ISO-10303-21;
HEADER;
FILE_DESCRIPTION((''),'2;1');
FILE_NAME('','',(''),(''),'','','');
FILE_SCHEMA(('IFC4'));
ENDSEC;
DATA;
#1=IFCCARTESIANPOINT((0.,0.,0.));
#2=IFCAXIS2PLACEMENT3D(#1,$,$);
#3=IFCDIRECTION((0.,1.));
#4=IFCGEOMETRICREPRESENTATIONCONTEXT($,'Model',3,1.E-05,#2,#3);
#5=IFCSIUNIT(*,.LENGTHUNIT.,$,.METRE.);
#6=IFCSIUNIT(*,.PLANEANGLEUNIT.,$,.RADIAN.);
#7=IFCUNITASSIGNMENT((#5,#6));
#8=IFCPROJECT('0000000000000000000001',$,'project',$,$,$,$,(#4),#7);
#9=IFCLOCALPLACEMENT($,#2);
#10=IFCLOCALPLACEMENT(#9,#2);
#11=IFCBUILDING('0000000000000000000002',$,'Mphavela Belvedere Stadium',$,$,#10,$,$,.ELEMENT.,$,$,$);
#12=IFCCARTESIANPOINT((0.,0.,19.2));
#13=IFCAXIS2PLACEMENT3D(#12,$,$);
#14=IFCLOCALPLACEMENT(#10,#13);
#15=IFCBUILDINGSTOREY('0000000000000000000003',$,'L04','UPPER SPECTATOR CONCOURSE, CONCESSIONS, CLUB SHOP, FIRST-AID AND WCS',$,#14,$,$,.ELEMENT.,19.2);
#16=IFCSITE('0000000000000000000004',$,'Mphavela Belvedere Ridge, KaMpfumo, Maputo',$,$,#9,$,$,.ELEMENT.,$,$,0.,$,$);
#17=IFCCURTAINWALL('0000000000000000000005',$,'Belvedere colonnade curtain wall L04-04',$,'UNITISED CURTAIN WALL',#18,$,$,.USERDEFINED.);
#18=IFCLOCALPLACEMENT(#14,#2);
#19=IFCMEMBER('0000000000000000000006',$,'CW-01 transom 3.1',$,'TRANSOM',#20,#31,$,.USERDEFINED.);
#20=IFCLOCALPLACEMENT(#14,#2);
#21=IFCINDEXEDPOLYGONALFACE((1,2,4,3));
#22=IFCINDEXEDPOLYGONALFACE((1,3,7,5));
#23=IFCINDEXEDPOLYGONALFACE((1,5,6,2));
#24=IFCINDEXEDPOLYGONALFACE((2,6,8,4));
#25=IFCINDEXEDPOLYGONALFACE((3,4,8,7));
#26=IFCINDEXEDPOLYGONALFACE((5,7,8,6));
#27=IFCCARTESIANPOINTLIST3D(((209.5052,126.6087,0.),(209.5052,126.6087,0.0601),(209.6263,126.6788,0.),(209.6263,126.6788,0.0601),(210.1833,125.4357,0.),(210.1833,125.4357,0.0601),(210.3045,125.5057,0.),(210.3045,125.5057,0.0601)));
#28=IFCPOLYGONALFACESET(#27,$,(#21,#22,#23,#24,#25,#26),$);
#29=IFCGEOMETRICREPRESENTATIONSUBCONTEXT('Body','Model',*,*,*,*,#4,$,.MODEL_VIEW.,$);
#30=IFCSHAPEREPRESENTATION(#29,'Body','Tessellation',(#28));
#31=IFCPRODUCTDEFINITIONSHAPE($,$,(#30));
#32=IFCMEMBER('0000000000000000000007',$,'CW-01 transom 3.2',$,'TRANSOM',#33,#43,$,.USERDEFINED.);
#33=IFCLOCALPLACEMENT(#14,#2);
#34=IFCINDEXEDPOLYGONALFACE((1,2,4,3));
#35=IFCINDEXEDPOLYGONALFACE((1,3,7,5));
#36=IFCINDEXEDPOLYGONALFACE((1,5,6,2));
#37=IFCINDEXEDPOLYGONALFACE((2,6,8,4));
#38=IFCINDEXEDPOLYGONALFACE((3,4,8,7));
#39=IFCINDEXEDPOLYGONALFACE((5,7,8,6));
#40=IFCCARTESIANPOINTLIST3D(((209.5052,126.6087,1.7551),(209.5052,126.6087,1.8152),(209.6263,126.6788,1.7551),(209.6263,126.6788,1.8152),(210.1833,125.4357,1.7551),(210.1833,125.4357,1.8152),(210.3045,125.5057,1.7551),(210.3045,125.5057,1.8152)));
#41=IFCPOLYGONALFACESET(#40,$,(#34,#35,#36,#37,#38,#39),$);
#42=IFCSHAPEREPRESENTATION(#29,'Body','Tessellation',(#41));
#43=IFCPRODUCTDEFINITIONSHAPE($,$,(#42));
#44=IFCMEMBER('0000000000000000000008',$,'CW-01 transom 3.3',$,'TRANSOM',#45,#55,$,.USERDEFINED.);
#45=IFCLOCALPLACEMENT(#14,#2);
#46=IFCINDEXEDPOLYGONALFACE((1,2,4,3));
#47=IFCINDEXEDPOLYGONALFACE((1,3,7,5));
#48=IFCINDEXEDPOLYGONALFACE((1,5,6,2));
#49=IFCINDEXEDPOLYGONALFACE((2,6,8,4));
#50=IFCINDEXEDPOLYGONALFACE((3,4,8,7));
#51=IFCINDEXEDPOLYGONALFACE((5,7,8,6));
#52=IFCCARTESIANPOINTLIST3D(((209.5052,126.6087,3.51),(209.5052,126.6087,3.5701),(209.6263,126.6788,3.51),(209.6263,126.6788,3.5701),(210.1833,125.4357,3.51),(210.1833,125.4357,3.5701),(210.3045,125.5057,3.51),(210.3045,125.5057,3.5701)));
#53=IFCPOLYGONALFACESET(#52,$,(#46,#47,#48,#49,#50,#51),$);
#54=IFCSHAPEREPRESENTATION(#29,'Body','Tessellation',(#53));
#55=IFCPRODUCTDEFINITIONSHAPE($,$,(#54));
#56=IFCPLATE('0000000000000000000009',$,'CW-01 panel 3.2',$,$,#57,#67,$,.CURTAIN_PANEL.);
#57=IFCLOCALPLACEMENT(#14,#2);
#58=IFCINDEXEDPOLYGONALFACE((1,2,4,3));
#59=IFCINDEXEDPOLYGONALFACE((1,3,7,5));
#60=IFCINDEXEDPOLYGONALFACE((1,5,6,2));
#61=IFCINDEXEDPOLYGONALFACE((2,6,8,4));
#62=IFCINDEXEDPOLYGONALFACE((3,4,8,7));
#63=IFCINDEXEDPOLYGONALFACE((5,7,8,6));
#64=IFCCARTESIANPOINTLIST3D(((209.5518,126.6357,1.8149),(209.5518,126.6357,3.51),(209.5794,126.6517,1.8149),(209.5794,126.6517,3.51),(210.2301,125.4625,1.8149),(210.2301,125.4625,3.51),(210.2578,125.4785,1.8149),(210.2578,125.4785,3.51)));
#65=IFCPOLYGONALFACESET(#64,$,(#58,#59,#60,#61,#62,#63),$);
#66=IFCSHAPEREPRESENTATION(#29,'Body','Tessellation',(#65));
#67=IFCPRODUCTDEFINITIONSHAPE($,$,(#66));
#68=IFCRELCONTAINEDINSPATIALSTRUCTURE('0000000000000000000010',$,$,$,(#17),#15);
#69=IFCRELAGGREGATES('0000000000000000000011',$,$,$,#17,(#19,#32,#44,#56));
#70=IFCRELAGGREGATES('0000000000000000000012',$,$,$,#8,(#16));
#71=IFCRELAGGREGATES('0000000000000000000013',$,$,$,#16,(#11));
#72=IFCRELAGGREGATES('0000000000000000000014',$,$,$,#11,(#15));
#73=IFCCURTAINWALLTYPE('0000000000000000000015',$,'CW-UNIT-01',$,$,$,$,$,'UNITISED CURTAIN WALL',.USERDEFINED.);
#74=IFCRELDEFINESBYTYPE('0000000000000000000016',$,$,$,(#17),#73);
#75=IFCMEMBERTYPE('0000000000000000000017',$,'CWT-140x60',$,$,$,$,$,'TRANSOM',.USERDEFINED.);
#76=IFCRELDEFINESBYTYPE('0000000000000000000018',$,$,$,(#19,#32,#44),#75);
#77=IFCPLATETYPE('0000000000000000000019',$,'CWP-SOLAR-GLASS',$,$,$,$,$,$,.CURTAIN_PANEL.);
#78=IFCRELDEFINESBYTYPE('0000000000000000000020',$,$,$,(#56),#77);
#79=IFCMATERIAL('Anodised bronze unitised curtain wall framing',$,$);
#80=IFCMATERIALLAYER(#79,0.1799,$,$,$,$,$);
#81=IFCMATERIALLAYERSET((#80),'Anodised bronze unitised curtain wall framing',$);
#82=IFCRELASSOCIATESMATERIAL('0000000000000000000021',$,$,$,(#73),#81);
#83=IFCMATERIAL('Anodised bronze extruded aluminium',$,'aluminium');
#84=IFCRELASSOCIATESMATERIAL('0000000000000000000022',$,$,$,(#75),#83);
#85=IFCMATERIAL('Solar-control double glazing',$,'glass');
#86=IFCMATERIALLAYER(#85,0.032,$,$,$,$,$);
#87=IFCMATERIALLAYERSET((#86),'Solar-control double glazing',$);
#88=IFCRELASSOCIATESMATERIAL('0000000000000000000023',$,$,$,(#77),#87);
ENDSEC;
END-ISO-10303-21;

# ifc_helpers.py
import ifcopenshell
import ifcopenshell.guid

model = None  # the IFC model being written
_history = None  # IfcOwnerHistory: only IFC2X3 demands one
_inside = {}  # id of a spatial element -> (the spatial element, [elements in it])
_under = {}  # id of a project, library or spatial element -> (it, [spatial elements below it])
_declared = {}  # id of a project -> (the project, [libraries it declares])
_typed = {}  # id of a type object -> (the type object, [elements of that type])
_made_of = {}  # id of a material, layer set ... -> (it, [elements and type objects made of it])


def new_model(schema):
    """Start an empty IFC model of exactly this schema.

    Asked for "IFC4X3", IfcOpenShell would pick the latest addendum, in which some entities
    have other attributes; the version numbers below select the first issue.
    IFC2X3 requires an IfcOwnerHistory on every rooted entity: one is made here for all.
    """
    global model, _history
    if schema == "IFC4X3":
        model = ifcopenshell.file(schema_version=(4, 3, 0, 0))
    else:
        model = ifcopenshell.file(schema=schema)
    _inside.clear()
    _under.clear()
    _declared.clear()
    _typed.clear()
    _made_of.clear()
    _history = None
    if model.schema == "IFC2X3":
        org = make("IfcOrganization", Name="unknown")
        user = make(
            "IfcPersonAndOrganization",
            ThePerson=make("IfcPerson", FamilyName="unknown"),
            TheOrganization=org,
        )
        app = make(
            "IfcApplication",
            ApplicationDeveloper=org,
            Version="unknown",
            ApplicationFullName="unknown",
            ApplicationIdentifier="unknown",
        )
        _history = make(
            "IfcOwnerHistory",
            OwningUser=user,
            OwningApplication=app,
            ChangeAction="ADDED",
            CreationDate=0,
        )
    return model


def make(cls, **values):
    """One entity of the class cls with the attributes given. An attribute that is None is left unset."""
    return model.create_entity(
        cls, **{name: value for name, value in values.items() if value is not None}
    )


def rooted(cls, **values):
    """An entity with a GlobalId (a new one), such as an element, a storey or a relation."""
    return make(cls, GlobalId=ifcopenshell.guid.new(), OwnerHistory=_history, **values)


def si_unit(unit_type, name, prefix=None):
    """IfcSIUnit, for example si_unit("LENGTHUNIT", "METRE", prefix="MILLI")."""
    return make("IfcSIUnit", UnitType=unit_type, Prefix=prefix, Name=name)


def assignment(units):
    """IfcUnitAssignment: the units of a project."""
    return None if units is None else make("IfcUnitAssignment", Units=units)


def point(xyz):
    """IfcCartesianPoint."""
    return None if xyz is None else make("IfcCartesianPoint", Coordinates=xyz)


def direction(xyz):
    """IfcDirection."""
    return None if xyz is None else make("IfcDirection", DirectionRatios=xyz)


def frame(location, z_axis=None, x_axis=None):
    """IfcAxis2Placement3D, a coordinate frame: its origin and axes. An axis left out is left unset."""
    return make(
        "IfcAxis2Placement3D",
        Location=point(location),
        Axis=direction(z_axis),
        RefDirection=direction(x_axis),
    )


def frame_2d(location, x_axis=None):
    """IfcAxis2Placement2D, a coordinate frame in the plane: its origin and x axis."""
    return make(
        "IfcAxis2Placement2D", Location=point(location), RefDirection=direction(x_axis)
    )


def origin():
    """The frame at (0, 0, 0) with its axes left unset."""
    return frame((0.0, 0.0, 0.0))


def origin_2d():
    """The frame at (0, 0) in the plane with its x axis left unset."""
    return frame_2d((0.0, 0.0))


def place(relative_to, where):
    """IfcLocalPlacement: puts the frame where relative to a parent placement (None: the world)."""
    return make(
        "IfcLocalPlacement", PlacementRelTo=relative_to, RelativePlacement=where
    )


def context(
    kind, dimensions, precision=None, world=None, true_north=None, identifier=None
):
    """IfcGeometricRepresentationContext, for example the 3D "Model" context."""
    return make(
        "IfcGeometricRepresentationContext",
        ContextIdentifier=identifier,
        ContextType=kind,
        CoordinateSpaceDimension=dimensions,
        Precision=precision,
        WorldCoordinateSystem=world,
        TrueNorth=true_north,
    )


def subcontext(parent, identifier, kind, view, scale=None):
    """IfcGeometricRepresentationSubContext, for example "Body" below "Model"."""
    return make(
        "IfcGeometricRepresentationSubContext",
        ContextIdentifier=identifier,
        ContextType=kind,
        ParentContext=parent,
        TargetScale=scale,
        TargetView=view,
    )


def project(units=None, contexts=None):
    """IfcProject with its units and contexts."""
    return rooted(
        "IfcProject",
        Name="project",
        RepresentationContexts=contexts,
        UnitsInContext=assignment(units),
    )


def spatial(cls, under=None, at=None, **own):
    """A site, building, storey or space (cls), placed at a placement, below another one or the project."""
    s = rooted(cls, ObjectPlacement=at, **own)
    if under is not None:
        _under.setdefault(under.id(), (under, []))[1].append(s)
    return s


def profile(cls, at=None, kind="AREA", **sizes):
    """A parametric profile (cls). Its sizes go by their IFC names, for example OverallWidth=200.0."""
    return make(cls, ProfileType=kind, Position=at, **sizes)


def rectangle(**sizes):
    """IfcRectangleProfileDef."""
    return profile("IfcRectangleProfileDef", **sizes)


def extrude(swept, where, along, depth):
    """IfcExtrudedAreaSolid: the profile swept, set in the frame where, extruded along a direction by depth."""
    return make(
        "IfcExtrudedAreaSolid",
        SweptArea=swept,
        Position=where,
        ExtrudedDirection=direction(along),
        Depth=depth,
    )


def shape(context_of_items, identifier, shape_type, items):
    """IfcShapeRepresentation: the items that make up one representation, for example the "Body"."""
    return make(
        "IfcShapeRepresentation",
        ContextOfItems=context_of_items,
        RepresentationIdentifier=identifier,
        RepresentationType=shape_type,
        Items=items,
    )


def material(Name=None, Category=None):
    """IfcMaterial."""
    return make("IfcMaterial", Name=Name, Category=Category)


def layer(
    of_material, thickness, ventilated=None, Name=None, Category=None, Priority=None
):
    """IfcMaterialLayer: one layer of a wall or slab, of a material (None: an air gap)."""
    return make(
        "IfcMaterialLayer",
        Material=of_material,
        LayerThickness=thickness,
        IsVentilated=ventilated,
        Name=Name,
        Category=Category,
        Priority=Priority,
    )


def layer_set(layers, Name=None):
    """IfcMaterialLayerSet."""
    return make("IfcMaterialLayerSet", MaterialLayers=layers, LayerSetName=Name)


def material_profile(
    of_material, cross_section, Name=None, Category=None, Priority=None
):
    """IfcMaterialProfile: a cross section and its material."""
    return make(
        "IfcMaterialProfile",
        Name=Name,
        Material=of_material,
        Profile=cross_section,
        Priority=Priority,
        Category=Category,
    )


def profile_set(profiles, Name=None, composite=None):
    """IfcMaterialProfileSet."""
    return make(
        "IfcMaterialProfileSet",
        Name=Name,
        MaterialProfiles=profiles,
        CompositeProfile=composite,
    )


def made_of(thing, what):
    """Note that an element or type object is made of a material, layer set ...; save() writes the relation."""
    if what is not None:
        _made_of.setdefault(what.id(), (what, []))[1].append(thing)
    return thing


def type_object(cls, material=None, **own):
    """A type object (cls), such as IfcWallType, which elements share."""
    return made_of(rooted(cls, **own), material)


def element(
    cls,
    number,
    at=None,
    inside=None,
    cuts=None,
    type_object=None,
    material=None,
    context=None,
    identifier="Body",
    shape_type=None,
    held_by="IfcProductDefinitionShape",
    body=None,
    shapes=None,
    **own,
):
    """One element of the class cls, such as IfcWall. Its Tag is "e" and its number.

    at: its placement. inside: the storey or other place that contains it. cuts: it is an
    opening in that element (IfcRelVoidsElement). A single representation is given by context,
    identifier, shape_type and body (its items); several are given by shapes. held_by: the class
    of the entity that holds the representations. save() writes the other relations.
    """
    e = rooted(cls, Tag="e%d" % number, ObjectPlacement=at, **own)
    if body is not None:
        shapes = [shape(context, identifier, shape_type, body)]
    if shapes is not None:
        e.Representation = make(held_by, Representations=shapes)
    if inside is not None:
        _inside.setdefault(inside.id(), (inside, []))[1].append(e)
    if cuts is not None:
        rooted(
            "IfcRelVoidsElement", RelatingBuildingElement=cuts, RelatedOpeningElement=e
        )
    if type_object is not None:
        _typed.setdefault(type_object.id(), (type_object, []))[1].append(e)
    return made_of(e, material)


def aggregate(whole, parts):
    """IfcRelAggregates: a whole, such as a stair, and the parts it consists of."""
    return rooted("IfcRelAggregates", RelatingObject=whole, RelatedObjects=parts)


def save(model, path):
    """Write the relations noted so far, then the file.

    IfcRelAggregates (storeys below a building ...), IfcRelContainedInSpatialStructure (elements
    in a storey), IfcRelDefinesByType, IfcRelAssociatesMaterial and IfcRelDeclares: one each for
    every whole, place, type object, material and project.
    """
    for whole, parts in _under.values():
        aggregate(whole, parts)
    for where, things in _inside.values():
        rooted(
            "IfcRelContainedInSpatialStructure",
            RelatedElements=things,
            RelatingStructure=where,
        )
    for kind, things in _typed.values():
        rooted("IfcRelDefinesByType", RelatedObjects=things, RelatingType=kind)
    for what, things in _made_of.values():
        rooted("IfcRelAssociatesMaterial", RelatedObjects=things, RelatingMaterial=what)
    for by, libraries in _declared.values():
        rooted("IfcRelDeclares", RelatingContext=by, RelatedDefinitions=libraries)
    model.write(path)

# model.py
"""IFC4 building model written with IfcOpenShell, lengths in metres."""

from ifc_helpers import new_model, si_unit, direction, frame, origin, origin_2d, place, context, subcontext, project, spatial, rectangle, extrude, material, layer, layer_set, material_profile, profile_set, type_object, element, aggregate, save


model = new_model("IFC4")

# Units and contexts
model_context = context("Model", 3, precision=1e-05, world=origin(), true_north=direction((0.0, 1.0)))
body_context = subcontext(model_context, "Body", "Model", "MODEL_VIEW")
ifc_project = project(units=[si_unit("LENGTHUNIT", "METRE"), si_unit("PLANEANGLEUNIT", "RADIAN")], contexts=[model_context])

# Site, building, storey
site_placement = place(None, origin())
site = spatial("IfcSite", under=ifc_project, at=site_placement, Name="Mphavela Belvedere Ridge, KaMpfumo, Maputo", CompositionType="ELEMENT", RefElevation=0.0)
building_placement = place(site_placement, origin())
building = spatial("IfcBuilding", under=site, at=building_placement, Name="Mphavela Belvedere Stadium", CompositionType="ELEMENT")
storey_placement = place(building_placement, frame((0.0, 0.0, 19.2)))
storey = spatial("IfcBuildingStorey", under=building, at=storey_placement, Name="L04", Description="UPPER SPECTATOR CONCOURSE, CONCESSIONS, CLUB SHOP, FIRST-AID AND WCS", CompositionType="ELEMENT", Elevation=19.2)

# Curtain wall, members, plate
ifc_material_1 = material(Name="Anodised bronze unitised curtain wall framing")
ifc_layer_1 = layer(ifc_material_1, 0.1799)
ifc_layer_set_1 = layer_set([ifc_layer_1], Name="Anodised bronze unitised curtain wall framing")
curtain_wall_type = type_object("IfcCurtainWallType", Name="CW-UNIT-01", ElementType="UNITISED CURTAIN WALL", PredefinedType="USERDEFINED", material=ifc_layer_set_1)
curtain_wall_placement = place(storey_placement, origin())
curtain_wall = element("IfcCurtainWall", 1, at=curtain_wall_placement, inside=storey, type_object=curtain_wall_type, Name="Belvedere colonnade curtain wall L04-04", ObjectType="UNITISED CURTAIN WALL", PredefinedType="USERDEFINED")
ifc_material_2 = material(Name="Anodised bronze extruded aluminium", Category="aluminium")
ifc_material_profile_1 = material_profile(ifc_material_2, rectangle(XDim=0.1399, YDim=0.0601, at=origin_2d()), Name="CW-TRN 140x60")
ifc_profile_set_1 = profile_set([ifc_material_profile_1], Name="Anodised bronze extruded aluminium")
member_type_1 = type_object("IfcMemberType", Name="CWT-140x60", ElementType="TRANSOM", PredefinedType="USERDEFINED", material=ifc_profile_set_1)
member_1_placement = place(storey_placement, frame((210.2439, 125.4707, 0.03), z_axis=(-0.500518, 0.865726, 0.0), x_axis=(-0.865726, -0.500518, 0.0)))
member_1 = element("IfcMember", 2, at=member_1_placement, type_object=member_type_1, Name="CW-01 transom 3.1", ObjectType="TRANSOM", PredefinedType="USERDEFINED", context=body_context, shape_type="SweptSolid", body=[
    extrude(rectangle(XDim=0.1399, YDim=0.0601, at=origin_2d()), origin(), (0.0, 0.0, 1.0), 1.355),
])
member_2_placement = place(storey_placement, frame((210.2439, 125.4707, 1.7852), z_axis=(-0.500518, 0.865726, 0.0), x_axis=(-0.865726, -0.500518, 0.0)))
member_2 = element("IfcMember", 3, at=member_2_placement, type_object=member_type_1, Name="CW-01 transom 3.2", ObjectType="TRANSOM", PredefinedType="USERDEFINED", context=body_context, shape_type="SweptSolid", body=[
    extrude(rectangle(XDim=0.1399, YDim=0.0601, at=origin_2d()), origin(), (0.0, 0.0, 1.0), 1.355),
])
member_3_placement = place(storey_placement, frame((210.2439, 125.4707, 3.54), z_axis=(-0.500518, 0.865726, 0.0), x_axis=(-0.865726, -0.500518, 0.0)))
member_3 = element("IfcMember", 4, at=member_3_placement, type_object=member_type_1, Name="CW-01 transom 3.3", ObjectType="TRANSOM", PredefinedType="USERDEFINED", context=body_context, shape_type="SweptSolid", body=[
    extrude(rectangle(XDim=0.1399, YDim=0.0601, at=origin_2d()), origin(), (0.0, 0.0, 1.0), 1.355),
])
ifc_material_3 = material(Name="Solar-control double glazing", Category="glass")
ifc_layer_2 = layer(ifc_material_3, 0.032)
ifc_layer_set_2 = layer_set([ifc_layer_2], Name="Solar-control double glazing")
plate_type = type_object("IfcPlateType", Name="CWP-SOLAR-GLASS", PredefinedType="CURTAIN_PANEL", material=ifc_layer_set_2)
plate_placement = place(storey_placement, frame((209.9048, 126.0571, 1.8149), z_axis=(0.0, 0.0, 1.0), x_axis=(-0.500556, 0.865704, 0.0)))
plate = element("IfcPlate", 5, at=plate_placement, type_object=plate_type, Name="CW-01 panel 3.2", PredefinedType="CURTAIN_PANEL", context=body_context, shape_type="SweptSolid", body=[
    extrude(rectangle(XDim=1.3552, YDim=0.032, at=origin_2d()), origin(), (0.0, 0.0, 1.0), 1.6951),
])
aggregate(curtain_wall, [member_1, member_2, member_3, plate])

save(model, "model.ifc")
